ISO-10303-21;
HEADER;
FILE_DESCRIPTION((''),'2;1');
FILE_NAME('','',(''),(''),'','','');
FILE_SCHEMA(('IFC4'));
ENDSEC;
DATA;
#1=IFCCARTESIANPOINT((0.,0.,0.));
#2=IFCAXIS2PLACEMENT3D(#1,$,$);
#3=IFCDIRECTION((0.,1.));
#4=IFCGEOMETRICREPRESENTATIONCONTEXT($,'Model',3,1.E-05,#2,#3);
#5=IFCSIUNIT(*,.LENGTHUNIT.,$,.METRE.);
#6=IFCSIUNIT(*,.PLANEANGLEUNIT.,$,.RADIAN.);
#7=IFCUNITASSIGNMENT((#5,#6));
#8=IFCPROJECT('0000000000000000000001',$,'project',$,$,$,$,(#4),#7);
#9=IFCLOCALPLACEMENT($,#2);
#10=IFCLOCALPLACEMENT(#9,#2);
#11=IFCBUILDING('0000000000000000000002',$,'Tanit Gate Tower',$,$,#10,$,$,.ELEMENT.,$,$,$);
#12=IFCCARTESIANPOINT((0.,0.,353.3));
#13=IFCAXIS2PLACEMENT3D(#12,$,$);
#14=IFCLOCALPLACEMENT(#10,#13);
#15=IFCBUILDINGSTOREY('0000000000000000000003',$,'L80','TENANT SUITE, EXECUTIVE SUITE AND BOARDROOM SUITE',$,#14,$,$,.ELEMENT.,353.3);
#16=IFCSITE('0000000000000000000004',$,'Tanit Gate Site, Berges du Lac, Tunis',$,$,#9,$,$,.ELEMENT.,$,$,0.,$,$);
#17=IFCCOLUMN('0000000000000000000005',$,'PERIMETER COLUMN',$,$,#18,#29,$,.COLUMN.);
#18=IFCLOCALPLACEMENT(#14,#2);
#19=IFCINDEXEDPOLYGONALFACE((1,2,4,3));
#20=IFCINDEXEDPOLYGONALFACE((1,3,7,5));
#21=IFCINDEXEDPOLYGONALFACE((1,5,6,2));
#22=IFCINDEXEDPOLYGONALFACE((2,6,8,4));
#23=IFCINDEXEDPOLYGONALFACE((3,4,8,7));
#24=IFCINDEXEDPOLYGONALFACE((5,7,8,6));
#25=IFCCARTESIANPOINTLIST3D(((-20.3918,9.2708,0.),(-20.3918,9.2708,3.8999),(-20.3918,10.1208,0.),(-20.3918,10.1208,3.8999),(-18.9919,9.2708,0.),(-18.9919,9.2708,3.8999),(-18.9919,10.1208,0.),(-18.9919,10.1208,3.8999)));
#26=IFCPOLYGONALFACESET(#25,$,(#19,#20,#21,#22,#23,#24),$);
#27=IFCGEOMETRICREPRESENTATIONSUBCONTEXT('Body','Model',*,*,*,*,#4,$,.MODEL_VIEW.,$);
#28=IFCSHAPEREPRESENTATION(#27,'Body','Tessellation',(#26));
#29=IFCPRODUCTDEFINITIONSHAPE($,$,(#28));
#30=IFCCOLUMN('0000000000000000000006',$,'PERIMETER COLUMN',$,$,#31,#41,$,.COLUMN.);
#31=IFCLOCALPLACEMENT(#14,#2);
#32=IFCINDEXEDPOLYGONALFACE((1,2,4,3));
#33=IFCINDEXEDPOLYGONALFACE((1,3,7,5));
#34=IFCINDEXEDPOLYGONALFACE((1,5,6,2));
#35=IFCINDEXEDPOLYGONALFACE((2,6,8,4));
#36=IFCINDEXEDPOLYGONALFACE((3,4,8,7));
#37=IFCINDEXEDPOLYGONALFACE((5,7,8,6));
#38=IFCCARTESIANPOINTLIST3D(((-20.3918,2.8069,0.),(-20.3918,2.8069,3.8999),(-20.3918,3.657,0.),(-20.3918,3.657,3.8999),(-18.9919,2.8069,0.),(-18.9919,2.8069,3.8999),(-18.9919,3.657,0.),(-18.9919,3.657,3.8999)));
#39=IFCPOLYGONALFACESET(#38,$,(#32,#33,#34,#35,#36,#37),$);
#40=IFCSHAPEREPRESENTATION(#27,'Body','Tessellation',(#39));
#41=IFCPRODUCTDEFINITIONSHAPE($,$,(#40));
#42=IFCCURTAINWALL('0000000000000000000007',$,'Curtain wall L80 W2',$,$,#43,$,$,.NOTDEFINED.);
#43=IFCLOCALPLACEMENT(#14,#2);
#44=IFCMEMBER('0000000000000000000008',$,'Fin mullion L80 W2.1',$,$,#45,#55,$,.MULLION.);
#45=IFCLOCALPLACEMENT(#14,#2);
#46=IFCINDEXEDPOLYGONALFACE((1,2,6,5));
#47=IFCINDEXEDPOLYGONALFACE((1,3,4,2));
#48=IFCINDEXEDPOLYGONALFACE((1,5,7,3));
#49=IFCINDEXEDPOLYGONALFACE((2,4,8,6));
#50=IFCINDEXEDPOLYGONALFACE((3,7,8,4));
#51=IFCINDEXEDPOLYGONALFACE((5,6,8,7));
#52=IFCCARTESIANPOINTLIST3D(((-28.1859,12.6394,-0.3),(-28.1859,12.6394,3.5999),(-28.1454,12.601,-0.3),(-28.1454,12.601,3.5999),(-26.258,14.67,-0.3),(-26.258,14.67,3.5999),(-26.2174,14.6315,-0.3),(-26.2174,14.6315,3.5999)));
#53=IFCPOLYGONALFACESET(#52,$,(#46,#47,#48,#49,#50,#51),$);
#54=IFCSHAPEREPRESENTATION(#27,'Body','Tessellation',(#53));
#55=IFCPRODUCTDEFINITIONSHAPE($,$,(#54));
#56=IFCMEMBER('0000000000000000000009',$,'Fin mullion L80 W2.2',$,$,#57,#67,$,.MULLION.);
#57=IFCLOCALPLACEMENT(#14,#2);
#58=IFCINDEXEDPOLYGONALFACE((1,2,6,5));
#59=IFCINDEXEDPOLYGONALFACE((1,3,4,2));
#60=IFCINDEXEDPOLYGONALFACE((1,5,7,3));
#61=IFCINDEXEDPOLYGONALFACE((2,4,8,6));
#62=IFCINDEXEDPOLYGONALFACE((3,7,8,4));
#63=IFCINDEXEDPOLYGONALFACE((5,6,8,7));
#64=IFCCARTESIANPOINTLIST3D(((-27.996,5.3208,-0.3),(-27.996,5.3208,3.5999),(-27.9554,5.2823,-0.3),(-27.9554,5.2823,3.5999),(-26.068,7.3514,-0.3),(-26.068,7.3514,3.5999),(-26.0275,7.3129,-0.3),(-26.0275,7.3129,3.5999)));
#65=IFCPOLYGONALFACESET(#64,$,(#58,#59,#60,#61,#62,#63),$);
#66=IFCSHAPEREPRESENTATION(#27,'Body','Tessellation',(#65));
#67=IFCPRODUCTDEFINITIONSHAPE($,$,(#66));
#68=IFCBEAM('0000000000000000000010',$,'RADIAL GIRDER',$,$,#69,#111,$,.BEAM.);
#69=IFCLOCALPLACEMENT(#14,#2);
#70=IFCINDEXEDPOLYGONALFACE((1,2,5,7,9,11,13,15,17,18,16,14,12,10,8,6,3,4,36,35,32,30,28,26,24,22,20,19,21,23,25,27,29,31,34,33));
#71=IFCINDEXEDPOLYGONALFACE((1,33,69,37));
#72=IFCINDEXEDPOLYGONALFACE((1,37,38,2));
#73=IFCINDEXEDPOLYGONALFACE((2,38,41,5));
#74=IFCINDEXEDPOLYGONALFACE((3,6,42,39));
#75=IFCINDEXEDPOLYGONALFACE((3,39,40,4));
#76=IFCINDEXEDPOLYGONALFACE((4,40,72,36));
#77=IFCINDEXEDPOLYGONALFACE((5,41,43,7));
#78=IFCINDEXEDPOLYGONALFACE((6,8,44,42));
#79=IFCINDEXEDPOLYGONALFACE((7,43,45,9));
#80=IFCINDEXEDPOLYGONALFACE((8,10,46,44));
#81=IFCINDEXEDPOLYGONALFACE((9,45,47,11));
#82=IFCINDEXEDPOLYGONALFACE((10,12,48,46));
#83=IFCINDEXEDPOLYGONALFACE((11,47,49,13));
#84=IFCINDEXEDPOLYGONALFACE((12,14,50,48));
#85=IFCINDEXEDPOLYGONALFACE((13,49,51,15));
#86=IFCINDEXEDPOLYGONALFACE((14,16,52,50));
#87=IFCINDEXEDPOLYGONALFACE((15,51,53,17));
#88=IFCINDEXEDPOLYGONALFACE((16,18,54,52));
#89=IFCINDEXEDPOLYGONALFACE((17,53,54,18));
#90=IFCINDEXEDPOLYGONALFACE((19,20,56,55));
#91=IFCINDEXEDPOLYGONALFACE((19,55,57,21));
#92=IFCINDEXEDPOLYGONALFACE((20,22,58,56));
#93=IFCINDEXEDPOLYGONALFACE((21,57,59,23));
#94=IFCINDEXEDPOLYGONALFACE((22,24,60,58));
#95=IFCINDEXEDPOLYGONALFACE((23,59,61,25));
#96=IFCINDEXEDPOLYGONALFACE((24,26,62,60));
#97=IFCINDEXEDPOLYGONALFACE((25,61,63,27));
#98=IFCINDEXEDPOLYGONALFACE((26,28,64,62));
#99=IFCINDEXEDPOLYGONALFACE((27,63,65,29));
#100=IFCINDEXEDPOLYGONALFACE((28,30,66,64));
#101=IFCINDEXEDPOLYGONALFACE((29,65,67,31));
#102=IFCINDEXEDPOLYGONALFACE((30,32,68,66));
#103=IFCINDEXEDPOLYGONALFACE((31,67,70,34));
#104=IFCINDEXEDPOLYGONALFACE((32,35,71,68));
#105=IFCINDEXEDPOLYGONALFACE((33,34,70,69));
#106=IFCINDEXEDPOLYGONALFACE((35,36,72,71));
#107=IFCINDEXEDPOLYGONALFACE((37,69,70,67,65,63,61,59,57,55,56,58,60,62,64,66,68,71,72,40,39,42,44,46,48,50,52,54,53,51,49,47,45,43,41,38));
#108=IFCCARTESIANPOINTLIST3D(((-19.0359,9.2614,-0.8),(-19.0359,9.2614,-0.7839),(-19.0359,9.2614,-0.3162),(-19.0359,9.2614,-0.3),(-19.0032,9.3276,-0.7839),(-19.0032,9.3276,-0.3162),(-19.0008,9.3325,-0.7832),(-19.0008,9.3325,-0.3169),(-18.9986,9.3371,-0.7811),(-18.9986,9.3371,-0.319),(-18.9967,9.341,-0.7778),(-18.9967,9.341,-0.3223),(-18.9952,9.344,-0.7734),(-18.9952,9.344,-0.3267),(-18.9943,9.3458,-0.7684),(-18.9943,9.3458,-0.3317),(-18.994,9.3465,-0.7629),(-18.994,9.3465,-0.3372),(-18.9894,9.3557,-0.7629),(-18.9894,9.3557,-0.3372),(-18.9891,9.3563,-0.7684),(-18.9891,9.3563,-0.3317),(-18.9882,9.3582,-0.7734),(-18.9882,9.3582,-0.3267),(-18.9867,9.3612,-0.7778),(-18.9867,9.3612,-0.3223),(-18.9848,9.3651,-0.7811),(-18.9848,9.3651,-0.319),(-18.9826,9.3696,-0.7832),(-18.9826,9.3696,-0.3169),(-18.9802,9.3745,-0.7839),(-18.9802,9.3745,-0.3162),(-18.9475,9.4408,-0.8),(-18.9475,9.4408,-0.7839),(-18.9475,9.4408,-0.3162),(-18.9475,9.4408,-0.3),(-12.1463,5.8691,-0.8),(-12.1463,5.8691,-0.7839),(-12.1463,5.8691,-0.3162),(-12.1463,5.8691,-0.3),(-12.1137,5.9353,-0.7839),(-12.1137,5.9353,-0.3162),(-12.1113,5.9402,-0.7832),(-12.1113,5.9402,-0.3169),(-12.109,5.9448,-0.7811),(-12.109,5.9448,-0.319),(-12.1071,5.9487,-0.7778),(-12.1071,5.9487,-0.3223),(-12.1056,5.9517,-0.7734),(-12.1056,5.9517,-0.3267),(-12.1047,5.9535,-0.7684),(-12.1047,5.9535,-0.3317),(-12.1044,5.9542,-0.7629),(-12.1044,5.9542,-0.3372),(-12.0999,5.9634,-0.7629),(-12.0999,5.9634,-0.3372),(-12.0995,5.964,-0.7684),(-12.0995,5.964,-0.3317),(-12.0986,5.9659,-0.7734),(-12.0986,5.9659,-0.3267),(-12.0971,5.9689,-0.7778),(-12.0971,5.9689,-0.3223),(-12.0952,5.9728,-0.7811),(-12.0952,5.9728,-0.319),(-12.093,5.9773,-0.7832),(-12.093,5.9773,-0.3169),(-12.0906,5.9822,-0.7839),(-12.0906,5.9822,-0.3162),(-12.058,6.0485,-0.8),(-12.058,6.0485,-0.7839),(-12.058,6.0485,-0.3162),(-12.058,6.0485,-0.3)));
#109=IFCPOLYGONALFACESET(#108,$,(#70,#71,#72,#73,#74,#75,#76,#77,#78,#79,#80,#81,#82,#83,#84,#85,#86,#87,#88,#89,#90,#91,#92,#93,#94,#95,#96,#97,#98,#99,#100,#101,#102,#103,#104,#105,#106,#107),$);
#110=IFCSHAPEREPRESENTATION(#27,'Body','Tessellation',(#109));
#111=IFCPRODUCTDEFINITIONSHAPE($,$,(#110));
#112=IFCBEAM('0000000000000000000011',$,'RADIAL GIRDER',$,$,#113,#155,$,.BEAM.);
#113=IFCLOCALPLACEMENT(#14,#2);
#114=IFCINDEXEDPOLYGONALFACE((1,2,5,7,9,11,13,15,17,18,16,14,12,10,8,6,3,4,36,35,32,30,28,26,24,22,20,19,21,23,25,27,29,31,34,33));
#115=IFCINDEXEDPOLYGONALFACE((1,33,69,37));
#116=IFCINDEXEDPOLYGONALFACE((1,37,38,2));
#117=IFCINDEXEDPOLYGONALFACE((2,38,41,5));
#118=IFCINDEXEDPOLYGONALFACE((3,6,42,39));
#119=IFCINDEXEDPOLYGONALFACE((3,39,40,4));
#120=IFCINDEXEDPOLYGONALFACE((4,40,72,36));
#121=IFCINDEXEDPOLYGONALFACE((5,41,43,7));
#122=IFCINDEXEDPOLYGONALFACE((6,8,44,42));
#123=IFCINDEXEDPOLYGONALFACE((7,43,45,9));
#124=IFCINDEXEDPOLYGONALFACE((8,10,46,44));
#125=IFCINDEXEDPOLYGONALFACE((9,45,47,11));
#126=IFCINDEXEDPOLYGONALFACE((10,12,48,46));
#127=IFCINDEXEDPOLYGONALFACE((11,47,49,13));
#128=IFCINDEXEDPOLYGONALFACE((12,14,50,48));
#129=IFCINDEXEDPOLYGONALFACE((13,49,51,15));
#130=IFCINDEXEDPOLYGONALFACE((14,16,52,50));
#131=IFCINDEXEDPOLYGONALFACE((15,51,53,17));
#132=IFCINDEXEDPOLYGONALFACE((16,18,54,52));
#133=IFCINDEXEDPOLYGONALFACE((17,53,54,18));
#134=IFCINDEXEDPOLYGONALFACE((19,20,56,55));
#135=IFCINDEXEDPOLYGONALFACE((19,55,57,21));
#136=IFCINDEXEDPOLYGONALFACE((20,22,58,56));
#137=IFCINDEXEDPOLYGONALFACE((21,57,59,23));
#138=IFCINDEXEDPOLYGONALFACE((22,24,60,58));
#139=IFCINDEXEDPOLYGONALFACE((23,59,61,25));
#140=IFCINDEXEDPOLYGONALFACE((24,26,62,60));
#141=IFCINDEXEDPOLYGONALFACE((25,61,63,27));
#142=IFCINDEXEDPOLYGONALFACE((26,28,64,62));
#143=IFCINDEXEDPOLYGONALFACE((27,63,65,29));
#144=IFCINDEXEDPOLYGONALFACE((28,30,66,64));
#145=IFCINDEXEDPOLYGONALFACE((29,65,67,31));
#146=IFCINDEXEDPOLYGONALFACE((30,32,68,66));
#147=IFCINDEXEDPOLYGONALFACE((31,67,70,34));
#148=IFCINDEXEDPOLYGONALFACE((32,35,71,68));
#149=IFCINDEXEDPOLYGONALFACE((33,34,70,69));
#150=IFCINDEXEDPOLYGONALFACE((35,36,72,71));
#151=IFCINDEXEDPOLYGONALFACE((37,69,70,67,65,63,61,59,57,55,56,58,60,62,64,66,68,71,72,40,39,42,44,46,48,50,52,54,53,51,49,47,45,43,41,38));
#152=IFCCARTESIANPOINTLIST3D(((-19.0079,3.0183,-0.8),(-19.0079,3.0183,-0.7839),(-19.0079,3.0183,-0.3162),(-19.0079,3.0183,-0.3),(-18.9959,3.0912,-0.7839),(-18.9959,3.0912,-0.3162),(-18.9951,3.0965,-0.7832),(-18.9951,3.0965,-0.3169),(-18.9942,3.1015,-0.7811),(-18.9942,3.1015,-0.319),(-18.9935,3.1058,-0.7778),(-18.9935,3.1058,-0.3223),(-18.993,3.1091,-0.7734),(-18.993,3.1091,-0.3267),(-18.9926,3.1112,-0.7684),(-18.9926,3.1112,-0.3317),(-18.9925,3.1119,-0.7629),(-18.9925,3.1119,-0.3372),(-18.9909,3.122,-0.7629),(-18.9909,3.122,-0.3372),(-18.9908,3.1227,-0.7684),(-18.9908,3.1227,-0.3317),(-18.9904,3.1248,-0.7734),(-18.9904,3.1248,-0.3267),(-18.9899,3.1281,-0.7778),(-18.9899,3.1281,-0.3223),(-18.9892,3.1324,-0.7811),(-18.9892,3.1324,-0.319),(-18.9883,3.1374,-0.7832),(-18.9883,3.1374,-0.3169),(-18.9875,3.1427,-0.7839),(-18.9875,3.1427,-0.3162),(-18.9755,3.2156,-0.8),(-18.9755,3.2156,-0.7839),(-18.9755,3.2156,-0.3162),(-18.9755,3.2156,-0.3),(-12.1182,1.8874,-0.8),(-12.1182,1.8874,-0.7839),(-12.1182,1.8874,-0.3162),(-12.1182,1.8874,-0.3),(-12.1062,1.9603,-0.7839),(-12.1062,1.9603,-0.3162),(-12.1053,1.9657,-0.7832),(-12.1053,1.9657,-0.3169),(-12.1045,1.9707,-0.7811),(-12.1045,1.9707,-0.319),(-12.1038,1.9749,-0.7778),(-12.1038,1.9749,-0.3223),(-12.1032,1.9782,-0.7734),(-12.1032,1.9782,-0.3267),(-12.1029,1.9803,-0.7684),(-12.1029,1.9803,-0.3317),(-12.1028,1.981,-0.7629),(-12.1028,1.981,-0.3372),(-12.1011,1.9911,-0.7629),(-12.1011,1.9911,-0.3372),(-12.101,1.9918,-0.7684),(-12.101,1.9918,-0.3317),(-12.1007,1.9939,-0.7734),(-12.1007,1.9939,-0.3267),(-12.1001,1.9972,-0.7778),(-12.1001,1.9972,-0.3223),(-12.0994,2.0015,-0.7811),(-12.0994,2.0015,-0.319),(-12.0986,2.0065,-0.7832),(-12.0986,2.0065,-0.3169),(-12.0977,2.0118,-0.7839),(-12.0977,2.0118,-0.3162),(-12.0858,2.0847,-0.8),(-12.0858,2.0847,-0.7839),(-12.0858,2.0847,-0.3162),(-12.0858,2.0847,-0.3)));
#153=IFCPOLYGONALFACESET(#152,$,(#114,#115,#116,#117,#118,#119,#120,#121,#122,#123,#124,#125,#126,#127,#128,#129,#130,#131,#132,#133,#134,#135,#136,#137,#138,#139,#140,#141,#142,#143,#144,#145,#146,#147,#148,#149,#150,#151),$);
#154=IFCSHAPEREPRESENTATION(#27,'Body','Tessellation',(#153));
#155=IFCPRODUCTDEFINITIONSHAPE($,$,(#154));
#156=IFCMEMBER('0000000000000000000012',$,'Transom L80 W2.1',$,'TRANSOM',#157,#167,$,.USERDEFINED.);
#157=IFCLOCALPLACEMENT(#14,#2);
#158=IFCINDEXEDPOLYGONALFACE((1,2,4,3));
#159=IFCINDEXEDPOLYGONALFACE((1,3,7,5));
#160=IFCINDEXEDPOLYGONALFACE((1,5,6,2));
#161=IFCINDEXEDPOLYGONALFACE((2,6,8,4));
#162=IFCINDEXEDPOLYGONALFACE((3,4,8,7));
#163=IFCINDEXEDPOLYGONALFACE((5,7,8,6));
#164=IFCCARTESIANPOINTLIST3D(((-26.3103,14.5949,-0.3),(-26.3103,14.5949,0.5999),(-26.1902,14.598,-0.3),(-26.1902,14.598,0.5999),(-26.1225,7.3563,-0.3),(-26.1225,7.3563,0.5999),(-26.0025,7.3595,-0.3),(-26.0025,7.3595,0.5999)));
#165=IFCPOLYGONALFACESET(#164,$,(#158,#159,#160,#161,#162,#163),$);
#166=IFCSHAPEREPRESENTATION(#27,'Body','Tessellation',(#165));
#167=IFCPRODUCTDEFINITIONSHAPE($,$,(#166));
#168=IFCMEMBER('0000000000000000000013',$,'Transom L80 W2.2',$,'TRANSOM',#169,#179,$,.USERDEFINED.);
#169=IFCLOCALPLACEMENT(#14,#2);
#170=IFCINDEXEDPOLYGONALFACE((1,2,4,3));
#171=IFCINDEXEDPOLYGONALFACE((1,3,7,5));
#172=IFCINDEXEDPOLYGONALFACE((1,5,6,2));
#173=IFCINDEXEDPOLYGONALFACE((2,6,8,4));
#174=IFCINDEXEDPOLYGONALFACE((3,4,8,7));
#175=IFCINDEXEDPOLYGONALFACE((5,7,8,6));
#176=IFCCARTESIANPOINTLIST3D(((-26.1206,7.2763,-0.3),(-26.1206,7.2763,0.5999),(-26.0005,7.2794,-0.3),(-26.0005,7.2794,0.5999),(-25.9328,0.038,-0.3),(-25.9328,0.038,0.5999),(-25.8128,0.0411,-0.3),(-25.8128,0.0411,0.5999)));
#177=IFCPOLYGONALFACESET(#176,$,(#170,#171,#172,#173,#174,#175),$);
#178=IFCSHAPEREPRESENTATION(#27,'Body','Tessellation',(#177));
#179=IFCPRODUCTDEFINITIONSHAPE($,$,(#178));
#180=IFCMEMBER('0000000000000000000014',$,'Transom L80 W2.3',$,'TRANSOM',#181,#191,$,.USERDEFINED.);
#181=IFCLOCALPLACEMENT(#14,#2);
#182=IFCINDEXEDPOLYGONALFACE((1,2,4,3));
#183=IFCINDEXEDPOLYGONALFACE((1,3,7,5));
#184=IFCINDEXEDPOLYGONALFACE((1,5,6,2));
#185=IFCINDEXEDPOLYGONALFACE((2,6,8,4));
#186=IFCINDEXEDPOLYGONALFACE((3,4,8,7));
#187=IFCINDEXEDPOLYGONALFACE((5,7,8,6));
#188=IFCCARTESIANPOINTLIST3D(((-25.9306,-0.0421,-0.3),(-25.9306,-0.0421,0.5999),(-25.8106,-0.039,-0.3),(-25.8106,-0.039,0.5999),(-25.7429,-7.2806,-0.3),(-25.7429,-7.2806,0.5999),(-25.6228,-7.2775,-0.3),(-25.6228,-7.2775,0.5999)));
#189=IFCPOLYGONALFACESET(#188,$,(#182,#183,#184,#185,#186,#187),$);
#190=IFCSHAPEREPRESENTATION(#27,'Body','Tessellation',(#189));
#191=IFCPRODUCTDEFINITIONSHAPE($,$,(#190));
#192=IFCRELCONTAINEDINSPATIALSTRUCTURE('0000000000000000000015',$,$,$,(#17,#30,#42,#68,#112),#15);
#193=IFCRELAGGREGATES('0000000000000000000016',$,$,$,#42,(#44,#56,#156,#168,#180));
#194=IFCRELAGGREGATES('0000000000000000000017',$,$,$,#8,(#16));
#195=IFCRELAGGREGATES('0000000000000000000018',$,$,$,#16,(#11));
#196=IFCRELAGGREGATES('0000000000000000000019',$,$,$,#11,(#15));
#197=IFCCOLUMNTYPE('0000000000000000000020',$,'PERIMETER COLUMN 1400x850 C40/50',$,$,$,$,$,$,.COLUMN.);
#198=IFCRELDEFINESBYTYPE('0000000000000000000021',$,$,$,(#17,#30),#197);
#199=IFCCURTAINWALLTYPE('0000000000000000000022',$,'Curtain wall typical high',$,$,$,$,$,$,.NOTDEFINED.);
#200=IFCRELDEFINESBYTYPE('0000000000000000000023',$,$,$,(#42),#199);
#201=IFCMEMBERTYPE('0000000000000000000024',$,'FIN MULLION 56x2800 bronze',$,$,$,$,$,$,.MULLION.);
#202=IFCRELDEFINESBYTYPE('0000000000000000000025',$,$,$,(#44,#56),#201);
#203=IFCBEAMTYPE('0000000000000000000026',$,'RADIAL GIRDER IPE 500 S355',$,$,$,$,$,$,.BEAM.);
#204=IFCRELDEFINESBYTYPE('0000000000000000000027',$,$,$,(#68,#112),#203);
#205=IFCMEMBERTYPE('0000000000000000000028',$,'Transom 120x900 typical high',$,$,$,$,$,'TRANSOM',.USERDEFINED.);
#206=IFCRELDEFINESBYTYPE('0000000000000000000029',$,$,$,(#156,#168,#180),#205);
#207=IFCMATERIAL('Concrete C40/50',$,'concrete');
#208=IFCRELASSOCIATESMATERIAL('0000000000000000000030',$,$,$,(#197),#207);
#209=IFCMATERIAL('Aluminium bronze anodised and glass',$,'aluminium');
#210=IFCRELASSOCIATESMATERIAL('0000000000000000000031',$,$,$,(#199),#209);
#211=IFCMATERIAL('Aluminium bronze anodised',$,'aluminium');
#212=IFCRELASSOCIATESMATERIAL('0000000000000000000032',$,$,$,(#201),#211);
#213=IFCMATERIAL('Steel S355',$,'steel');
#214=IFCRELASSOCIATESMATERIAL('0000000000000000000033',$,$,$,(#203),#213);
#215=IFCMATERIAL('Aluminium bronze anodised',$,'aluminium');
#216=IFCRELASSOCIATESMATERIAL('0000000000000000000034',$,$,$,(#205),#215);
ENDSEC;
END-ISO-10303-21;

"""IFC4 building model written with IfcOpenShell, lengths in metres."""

from ifc_helpers import new_model, si_unit, direction, frame, origin, origin_2d, place, context, subcontext, project, spatial, rectangle, i_section, extrude, material, material_profile, profile_set, type_object, element, aggregate, save


model = new_model("IFC4")

# Units and contexts
model_context = context("Model", 3, precision=1e-05, world=origin(), true_north=direction((0.0, 1.0)))
body_context = subcontext(model_context, "Body", "Model", "MODEL_VIEW")
ifc_project = project(units=[si_unit("LENGTHUNIT", "METRE"), si_unit("PLANEANGLEUNIT", "RADIAN")], contexts=[model_context])

# Site, building, storey
site_placement = place(None, origin())
site = spatial("IfcSite", under=ifc_project, at=site_placement, Name="Tanit Gate Site, Berges du Lac, Tunis", CompositionType="ELEMENT", RefElevation=0.0)
building_placement = place(site_placement, origin())
building = spatial("IfcBuilding", under=site, at=building_placement, Name="Tanit Gate Tower", CompositionType="ELEMENT")
storey_placement = place(building_placement, frame((0.0, 0.0, 353.3)))
storey = spatial("IfcBuildingStorey", under=building, at=storey_placement, Name="L80", Description="TENANT SUITE, EXECUTIVE SUITE AND BOARDROOM SUITE", CompositionType="ELEMENT", Elevation=353.3)

# Columns
ifc_material_1 = material(Name="Concrete C40/50", Category="concrete")
ifc_material_profile_1 = material_profile(ifc_material_1, rectangle(XDim=1.3999, YDim=0.8501, at=origin_2d()), Name="RC 1400x850")
ifc_profile_set_1 = profile_set([ifc_material_profile_1], Name="Concrete C40/50")
column_type = type_object("IfcColumnType", Name="PERIMETER COLUMN 1400x850 C40/50", PredefinedType="COLUMN", material=ifc_profile_set_1)
for number, where, z_axis, x_axis, name in (
    (1, (-19.6919, 9.6958, 0.0), (0.0, 0.0, 1.0), (-1.0, 0.0, 0.0), "PERIMETER COLUMN"),
    (2, (-19.6919, 3.2319, 0.0), (0.0, 0.0, 1.0), (-1.0, 0.0, 0.0), "PERIMETER COLUMN"),
):
    element("IfcColumn", number, at=place(storey_placement, frame(where, z_axis=z_axis, x_axis=x_axis)), inside=storey, type_object=column_type, Name=name, PredefinedType="COLUMN", context=body_context, shape_type="SweptSolid", body=[
        extrude(rectangle(XDim=1.3999, YDim=0.8501, at=origin_2d()), origin(), (0.0, 0.0, 1.0), 3.8999),
    ])

# Curtain wall, members
ifc_material_2 = material(Name="Aluminium bronze anodised and glass", Category="aluminium")
curtain_wall_type = type_object("IfcCurtainWallType", Name="Curtain wall typical high", PredefinedType="NOTDEFINED", material=ifc_material_2)
curtain_wall_placement = place(storey_placement, origin())
curtain_wall = element("IfcCurtainWall", 3, at=curtain_wall_placement, inside=storey, type_object=curtain_wall_type, Name="Curtain wall L80 W2", PredefinedType="NOTDEFINED")
ifc_material_3 = material(Name="Aluminium bronze anodised", Category="aluminium")
ifc_material_profile_2 = material_profile(ifc_material_3, rectangle(XDim=2.8, YDim=0.0559, at=origin_2d()), Name="56x2800 bronze fin mullion")
ifc_profile_set_2 = profile_set([ifc_material_profile_2], Name="Aluminium bronze anodised")
member_type_1 = type_object("IfcMemberType", Name="FIN MULLION 56x2800 bronze", PredefinedType="MULLION", material=ifc_profile_set_2)
member_1_placement = place(storey_placement, frame((-27.2017, 13.6355, -0.3), z_axis=(0.0, 0.0, 1.0), x_axis=(0.688538, 0.7252, 0.0)))
member_1 = element("IfcMember", 4, at=member_1_placement, type_object=member_type_1, Name="Fin mullion L80 W2.1", PredefinedType="MULLION", context=body_context, shape_type="SweptSolid", body=[
    extrude(rectangle(XDim=2.8, YDim=0.0559, at=origin_2d()), origin(), (0.0, 0.0, 1.0), 3.8999),
])
member_2_placement = place(storey_placement, frame((-27.0117, 6.3169, -0.3), z_axis=(0.0, 0.0, 1.0), x_axis=(0.688538, 0.7252, 0.0)))
member_2 = element("IfcMember", 5, at=member_2_placement, type_object=member_type_1, Name="Fin mullion L80 W2.2", PredefinedType="MULLION", context=body_context, shape_type="SweptSolid", body=[
    extrude(rectangle(XDim=2.8, YDim=0.0559, at=origin_2d()), origin(), (0.0, 0.0, 1.0), 3.8999),
])

# Beams
ifc_material_4 = material(Name="Steel S355", Category="steel")
ifc_material_profile_3 = material_profile(ifc_material_4, i_section(OverallWidth=0.2, OverallDepth=0.5, WebThickness=0.0103, FlangeThickness=0.0161, FilletRadius=0.021, at=origin_2d()), Name="IPE 500")
ifc_profile_set_3 = profile_set([ifc_material_profile_3], Name="Steel S355")
beam_type = type_object("IfcBeamType", Name="RADIAL GIRDER IPE 500 S355", PredefinedType="BEAM", material=ifc_profile_set_3)
beam_1_placement = place(storey_placement, frame((-18.9917, 9.3511, -0.55), z_axis=(0.897145, -0.441737, 0.0), x_axis=(0.441737, 0.897145, 0.0)))
element("IfcBeam", 6, at=beam_1_placement, inside=storey, type_object=beam_type, Name="RADIAL GIRDER", PredefinedType="BEAM", context=body_context, shape_type="SweptSolid", body=[
    extrude(i_section(OverallWidth=0.2, OverallDepth=0.5, WebThickness=0.0103, FlangeThickness=0.0161, FilletRadius=0.021, at=origin_2d()), origin(), (0.0, 0.0, 1.0), 7.6794),
])
beam_2_placement = place(storey_placement, frame((-18.9917, 3.1169, -0.55), z_axis=(0.986795, -0.161972, 0.0), x_axis=(0.161972, 0.986795, 0.0)))
element("IfcBeam", 7, at=beam_2_placement, inside=storey, type_object=beam_type, Name="RADIAL GIRDER", PredefinedType="BEAM", context=body_context, shape_type="SweptSolid", body=[
    extrude(i_section(OverallWidth=0.2, OverallDepth=0.5, WebThickness=0.0103, FlangeThickness=0.0161, FilletRadius=0.021, at=origin_2d()), origin(), (0.0, 0.0, 1.0), 6.9819),
])

# Members
ifc_material_5 = material(Name="Aluminium bronze anodised", Category="aluminium")
ifc_material_profile_4 = material_profile(ifc_material_5, rectangle(XDim=0.1201, YDim=0.8999, at=origin_2d()), Name="120x900 bronze transom")
ifc_profile_set_4 = profile_set([ifc_material_profile_4], Name="Aluminium bronze anodised")
member_type_2 = type_object("IfcMemberType", Name="Transom 120x900 typical high", ElementType="TRANSOM", PredefinedType="USERDEFINED", material=ifc_profile_set_4)
member_3_placement = place(storey_placement, frame((-26.2502, 14.5964, 0.1499), z_axis=(0.025928, -0.999664, 0.0), x_axis=(0.999664, 0.025928, 0.0)))
member_3 = element("IfcMember", 8, at=member_3_placement, type_object=member_type_2, Name="Transom L80 W2.1", ObjectType="TRANSOM", PredefinedType="USERDEFINED", context=body_context, shape_type="SweptSolid", body=[
    extrude(rectangle(XDim=0.1201, YDim=0.8999, at=origin_2d()), origin(), (0.0, 0.0, 1.0), 7.241),
])
member_4_placement = place(storey_placement, frame((-26.0605, 7.2778, 0.1499), z_axis=(0.025929, -0.999664, 0.0), x_axis=(0.999664, 0.025929, 0.0)))
member_4 = element("IfcMember", 9, at=member_4_placement, type_object=member_type_2, Name="Transom L80 W2.2", ObjectType="TRANSOM", PredefinedType="USERDEFINED", context=body_context, shape_type="SweptSolid", body=[
    extrude(rectangle(XDim=0.1201, YDim=0.8999, at=origin_2d()), origin(), (0.0, 0.0, 1.0), 7.2407),
])
member_5_placement = place(storey_placement, frame((-25.8706, -0.0405, 0.1499), z_axis=(0.025928, -0.999664, 0.0), x_axis=(0.999664, 0.025928, 0.0)))
member_5 = element("IfcMember", 10, at=member_5_placement, type_object=member_type_2, Name="Transom L80 W2.3", ObjectType="TRANSOM", PredefinedType="USERDEFINED", context=body_context, shape_type="SweptSolid", body=[
    extrude(rectangle(XDim=0.1201, YDim=0.8999, at=origin_2d()), origin(), (0.0, 0.0, 1.0), 7.241),
])

aggregate(curtain_wall, [member_1, member_2, member_3, member_4, member_5])

save(model, "model.ifc")
